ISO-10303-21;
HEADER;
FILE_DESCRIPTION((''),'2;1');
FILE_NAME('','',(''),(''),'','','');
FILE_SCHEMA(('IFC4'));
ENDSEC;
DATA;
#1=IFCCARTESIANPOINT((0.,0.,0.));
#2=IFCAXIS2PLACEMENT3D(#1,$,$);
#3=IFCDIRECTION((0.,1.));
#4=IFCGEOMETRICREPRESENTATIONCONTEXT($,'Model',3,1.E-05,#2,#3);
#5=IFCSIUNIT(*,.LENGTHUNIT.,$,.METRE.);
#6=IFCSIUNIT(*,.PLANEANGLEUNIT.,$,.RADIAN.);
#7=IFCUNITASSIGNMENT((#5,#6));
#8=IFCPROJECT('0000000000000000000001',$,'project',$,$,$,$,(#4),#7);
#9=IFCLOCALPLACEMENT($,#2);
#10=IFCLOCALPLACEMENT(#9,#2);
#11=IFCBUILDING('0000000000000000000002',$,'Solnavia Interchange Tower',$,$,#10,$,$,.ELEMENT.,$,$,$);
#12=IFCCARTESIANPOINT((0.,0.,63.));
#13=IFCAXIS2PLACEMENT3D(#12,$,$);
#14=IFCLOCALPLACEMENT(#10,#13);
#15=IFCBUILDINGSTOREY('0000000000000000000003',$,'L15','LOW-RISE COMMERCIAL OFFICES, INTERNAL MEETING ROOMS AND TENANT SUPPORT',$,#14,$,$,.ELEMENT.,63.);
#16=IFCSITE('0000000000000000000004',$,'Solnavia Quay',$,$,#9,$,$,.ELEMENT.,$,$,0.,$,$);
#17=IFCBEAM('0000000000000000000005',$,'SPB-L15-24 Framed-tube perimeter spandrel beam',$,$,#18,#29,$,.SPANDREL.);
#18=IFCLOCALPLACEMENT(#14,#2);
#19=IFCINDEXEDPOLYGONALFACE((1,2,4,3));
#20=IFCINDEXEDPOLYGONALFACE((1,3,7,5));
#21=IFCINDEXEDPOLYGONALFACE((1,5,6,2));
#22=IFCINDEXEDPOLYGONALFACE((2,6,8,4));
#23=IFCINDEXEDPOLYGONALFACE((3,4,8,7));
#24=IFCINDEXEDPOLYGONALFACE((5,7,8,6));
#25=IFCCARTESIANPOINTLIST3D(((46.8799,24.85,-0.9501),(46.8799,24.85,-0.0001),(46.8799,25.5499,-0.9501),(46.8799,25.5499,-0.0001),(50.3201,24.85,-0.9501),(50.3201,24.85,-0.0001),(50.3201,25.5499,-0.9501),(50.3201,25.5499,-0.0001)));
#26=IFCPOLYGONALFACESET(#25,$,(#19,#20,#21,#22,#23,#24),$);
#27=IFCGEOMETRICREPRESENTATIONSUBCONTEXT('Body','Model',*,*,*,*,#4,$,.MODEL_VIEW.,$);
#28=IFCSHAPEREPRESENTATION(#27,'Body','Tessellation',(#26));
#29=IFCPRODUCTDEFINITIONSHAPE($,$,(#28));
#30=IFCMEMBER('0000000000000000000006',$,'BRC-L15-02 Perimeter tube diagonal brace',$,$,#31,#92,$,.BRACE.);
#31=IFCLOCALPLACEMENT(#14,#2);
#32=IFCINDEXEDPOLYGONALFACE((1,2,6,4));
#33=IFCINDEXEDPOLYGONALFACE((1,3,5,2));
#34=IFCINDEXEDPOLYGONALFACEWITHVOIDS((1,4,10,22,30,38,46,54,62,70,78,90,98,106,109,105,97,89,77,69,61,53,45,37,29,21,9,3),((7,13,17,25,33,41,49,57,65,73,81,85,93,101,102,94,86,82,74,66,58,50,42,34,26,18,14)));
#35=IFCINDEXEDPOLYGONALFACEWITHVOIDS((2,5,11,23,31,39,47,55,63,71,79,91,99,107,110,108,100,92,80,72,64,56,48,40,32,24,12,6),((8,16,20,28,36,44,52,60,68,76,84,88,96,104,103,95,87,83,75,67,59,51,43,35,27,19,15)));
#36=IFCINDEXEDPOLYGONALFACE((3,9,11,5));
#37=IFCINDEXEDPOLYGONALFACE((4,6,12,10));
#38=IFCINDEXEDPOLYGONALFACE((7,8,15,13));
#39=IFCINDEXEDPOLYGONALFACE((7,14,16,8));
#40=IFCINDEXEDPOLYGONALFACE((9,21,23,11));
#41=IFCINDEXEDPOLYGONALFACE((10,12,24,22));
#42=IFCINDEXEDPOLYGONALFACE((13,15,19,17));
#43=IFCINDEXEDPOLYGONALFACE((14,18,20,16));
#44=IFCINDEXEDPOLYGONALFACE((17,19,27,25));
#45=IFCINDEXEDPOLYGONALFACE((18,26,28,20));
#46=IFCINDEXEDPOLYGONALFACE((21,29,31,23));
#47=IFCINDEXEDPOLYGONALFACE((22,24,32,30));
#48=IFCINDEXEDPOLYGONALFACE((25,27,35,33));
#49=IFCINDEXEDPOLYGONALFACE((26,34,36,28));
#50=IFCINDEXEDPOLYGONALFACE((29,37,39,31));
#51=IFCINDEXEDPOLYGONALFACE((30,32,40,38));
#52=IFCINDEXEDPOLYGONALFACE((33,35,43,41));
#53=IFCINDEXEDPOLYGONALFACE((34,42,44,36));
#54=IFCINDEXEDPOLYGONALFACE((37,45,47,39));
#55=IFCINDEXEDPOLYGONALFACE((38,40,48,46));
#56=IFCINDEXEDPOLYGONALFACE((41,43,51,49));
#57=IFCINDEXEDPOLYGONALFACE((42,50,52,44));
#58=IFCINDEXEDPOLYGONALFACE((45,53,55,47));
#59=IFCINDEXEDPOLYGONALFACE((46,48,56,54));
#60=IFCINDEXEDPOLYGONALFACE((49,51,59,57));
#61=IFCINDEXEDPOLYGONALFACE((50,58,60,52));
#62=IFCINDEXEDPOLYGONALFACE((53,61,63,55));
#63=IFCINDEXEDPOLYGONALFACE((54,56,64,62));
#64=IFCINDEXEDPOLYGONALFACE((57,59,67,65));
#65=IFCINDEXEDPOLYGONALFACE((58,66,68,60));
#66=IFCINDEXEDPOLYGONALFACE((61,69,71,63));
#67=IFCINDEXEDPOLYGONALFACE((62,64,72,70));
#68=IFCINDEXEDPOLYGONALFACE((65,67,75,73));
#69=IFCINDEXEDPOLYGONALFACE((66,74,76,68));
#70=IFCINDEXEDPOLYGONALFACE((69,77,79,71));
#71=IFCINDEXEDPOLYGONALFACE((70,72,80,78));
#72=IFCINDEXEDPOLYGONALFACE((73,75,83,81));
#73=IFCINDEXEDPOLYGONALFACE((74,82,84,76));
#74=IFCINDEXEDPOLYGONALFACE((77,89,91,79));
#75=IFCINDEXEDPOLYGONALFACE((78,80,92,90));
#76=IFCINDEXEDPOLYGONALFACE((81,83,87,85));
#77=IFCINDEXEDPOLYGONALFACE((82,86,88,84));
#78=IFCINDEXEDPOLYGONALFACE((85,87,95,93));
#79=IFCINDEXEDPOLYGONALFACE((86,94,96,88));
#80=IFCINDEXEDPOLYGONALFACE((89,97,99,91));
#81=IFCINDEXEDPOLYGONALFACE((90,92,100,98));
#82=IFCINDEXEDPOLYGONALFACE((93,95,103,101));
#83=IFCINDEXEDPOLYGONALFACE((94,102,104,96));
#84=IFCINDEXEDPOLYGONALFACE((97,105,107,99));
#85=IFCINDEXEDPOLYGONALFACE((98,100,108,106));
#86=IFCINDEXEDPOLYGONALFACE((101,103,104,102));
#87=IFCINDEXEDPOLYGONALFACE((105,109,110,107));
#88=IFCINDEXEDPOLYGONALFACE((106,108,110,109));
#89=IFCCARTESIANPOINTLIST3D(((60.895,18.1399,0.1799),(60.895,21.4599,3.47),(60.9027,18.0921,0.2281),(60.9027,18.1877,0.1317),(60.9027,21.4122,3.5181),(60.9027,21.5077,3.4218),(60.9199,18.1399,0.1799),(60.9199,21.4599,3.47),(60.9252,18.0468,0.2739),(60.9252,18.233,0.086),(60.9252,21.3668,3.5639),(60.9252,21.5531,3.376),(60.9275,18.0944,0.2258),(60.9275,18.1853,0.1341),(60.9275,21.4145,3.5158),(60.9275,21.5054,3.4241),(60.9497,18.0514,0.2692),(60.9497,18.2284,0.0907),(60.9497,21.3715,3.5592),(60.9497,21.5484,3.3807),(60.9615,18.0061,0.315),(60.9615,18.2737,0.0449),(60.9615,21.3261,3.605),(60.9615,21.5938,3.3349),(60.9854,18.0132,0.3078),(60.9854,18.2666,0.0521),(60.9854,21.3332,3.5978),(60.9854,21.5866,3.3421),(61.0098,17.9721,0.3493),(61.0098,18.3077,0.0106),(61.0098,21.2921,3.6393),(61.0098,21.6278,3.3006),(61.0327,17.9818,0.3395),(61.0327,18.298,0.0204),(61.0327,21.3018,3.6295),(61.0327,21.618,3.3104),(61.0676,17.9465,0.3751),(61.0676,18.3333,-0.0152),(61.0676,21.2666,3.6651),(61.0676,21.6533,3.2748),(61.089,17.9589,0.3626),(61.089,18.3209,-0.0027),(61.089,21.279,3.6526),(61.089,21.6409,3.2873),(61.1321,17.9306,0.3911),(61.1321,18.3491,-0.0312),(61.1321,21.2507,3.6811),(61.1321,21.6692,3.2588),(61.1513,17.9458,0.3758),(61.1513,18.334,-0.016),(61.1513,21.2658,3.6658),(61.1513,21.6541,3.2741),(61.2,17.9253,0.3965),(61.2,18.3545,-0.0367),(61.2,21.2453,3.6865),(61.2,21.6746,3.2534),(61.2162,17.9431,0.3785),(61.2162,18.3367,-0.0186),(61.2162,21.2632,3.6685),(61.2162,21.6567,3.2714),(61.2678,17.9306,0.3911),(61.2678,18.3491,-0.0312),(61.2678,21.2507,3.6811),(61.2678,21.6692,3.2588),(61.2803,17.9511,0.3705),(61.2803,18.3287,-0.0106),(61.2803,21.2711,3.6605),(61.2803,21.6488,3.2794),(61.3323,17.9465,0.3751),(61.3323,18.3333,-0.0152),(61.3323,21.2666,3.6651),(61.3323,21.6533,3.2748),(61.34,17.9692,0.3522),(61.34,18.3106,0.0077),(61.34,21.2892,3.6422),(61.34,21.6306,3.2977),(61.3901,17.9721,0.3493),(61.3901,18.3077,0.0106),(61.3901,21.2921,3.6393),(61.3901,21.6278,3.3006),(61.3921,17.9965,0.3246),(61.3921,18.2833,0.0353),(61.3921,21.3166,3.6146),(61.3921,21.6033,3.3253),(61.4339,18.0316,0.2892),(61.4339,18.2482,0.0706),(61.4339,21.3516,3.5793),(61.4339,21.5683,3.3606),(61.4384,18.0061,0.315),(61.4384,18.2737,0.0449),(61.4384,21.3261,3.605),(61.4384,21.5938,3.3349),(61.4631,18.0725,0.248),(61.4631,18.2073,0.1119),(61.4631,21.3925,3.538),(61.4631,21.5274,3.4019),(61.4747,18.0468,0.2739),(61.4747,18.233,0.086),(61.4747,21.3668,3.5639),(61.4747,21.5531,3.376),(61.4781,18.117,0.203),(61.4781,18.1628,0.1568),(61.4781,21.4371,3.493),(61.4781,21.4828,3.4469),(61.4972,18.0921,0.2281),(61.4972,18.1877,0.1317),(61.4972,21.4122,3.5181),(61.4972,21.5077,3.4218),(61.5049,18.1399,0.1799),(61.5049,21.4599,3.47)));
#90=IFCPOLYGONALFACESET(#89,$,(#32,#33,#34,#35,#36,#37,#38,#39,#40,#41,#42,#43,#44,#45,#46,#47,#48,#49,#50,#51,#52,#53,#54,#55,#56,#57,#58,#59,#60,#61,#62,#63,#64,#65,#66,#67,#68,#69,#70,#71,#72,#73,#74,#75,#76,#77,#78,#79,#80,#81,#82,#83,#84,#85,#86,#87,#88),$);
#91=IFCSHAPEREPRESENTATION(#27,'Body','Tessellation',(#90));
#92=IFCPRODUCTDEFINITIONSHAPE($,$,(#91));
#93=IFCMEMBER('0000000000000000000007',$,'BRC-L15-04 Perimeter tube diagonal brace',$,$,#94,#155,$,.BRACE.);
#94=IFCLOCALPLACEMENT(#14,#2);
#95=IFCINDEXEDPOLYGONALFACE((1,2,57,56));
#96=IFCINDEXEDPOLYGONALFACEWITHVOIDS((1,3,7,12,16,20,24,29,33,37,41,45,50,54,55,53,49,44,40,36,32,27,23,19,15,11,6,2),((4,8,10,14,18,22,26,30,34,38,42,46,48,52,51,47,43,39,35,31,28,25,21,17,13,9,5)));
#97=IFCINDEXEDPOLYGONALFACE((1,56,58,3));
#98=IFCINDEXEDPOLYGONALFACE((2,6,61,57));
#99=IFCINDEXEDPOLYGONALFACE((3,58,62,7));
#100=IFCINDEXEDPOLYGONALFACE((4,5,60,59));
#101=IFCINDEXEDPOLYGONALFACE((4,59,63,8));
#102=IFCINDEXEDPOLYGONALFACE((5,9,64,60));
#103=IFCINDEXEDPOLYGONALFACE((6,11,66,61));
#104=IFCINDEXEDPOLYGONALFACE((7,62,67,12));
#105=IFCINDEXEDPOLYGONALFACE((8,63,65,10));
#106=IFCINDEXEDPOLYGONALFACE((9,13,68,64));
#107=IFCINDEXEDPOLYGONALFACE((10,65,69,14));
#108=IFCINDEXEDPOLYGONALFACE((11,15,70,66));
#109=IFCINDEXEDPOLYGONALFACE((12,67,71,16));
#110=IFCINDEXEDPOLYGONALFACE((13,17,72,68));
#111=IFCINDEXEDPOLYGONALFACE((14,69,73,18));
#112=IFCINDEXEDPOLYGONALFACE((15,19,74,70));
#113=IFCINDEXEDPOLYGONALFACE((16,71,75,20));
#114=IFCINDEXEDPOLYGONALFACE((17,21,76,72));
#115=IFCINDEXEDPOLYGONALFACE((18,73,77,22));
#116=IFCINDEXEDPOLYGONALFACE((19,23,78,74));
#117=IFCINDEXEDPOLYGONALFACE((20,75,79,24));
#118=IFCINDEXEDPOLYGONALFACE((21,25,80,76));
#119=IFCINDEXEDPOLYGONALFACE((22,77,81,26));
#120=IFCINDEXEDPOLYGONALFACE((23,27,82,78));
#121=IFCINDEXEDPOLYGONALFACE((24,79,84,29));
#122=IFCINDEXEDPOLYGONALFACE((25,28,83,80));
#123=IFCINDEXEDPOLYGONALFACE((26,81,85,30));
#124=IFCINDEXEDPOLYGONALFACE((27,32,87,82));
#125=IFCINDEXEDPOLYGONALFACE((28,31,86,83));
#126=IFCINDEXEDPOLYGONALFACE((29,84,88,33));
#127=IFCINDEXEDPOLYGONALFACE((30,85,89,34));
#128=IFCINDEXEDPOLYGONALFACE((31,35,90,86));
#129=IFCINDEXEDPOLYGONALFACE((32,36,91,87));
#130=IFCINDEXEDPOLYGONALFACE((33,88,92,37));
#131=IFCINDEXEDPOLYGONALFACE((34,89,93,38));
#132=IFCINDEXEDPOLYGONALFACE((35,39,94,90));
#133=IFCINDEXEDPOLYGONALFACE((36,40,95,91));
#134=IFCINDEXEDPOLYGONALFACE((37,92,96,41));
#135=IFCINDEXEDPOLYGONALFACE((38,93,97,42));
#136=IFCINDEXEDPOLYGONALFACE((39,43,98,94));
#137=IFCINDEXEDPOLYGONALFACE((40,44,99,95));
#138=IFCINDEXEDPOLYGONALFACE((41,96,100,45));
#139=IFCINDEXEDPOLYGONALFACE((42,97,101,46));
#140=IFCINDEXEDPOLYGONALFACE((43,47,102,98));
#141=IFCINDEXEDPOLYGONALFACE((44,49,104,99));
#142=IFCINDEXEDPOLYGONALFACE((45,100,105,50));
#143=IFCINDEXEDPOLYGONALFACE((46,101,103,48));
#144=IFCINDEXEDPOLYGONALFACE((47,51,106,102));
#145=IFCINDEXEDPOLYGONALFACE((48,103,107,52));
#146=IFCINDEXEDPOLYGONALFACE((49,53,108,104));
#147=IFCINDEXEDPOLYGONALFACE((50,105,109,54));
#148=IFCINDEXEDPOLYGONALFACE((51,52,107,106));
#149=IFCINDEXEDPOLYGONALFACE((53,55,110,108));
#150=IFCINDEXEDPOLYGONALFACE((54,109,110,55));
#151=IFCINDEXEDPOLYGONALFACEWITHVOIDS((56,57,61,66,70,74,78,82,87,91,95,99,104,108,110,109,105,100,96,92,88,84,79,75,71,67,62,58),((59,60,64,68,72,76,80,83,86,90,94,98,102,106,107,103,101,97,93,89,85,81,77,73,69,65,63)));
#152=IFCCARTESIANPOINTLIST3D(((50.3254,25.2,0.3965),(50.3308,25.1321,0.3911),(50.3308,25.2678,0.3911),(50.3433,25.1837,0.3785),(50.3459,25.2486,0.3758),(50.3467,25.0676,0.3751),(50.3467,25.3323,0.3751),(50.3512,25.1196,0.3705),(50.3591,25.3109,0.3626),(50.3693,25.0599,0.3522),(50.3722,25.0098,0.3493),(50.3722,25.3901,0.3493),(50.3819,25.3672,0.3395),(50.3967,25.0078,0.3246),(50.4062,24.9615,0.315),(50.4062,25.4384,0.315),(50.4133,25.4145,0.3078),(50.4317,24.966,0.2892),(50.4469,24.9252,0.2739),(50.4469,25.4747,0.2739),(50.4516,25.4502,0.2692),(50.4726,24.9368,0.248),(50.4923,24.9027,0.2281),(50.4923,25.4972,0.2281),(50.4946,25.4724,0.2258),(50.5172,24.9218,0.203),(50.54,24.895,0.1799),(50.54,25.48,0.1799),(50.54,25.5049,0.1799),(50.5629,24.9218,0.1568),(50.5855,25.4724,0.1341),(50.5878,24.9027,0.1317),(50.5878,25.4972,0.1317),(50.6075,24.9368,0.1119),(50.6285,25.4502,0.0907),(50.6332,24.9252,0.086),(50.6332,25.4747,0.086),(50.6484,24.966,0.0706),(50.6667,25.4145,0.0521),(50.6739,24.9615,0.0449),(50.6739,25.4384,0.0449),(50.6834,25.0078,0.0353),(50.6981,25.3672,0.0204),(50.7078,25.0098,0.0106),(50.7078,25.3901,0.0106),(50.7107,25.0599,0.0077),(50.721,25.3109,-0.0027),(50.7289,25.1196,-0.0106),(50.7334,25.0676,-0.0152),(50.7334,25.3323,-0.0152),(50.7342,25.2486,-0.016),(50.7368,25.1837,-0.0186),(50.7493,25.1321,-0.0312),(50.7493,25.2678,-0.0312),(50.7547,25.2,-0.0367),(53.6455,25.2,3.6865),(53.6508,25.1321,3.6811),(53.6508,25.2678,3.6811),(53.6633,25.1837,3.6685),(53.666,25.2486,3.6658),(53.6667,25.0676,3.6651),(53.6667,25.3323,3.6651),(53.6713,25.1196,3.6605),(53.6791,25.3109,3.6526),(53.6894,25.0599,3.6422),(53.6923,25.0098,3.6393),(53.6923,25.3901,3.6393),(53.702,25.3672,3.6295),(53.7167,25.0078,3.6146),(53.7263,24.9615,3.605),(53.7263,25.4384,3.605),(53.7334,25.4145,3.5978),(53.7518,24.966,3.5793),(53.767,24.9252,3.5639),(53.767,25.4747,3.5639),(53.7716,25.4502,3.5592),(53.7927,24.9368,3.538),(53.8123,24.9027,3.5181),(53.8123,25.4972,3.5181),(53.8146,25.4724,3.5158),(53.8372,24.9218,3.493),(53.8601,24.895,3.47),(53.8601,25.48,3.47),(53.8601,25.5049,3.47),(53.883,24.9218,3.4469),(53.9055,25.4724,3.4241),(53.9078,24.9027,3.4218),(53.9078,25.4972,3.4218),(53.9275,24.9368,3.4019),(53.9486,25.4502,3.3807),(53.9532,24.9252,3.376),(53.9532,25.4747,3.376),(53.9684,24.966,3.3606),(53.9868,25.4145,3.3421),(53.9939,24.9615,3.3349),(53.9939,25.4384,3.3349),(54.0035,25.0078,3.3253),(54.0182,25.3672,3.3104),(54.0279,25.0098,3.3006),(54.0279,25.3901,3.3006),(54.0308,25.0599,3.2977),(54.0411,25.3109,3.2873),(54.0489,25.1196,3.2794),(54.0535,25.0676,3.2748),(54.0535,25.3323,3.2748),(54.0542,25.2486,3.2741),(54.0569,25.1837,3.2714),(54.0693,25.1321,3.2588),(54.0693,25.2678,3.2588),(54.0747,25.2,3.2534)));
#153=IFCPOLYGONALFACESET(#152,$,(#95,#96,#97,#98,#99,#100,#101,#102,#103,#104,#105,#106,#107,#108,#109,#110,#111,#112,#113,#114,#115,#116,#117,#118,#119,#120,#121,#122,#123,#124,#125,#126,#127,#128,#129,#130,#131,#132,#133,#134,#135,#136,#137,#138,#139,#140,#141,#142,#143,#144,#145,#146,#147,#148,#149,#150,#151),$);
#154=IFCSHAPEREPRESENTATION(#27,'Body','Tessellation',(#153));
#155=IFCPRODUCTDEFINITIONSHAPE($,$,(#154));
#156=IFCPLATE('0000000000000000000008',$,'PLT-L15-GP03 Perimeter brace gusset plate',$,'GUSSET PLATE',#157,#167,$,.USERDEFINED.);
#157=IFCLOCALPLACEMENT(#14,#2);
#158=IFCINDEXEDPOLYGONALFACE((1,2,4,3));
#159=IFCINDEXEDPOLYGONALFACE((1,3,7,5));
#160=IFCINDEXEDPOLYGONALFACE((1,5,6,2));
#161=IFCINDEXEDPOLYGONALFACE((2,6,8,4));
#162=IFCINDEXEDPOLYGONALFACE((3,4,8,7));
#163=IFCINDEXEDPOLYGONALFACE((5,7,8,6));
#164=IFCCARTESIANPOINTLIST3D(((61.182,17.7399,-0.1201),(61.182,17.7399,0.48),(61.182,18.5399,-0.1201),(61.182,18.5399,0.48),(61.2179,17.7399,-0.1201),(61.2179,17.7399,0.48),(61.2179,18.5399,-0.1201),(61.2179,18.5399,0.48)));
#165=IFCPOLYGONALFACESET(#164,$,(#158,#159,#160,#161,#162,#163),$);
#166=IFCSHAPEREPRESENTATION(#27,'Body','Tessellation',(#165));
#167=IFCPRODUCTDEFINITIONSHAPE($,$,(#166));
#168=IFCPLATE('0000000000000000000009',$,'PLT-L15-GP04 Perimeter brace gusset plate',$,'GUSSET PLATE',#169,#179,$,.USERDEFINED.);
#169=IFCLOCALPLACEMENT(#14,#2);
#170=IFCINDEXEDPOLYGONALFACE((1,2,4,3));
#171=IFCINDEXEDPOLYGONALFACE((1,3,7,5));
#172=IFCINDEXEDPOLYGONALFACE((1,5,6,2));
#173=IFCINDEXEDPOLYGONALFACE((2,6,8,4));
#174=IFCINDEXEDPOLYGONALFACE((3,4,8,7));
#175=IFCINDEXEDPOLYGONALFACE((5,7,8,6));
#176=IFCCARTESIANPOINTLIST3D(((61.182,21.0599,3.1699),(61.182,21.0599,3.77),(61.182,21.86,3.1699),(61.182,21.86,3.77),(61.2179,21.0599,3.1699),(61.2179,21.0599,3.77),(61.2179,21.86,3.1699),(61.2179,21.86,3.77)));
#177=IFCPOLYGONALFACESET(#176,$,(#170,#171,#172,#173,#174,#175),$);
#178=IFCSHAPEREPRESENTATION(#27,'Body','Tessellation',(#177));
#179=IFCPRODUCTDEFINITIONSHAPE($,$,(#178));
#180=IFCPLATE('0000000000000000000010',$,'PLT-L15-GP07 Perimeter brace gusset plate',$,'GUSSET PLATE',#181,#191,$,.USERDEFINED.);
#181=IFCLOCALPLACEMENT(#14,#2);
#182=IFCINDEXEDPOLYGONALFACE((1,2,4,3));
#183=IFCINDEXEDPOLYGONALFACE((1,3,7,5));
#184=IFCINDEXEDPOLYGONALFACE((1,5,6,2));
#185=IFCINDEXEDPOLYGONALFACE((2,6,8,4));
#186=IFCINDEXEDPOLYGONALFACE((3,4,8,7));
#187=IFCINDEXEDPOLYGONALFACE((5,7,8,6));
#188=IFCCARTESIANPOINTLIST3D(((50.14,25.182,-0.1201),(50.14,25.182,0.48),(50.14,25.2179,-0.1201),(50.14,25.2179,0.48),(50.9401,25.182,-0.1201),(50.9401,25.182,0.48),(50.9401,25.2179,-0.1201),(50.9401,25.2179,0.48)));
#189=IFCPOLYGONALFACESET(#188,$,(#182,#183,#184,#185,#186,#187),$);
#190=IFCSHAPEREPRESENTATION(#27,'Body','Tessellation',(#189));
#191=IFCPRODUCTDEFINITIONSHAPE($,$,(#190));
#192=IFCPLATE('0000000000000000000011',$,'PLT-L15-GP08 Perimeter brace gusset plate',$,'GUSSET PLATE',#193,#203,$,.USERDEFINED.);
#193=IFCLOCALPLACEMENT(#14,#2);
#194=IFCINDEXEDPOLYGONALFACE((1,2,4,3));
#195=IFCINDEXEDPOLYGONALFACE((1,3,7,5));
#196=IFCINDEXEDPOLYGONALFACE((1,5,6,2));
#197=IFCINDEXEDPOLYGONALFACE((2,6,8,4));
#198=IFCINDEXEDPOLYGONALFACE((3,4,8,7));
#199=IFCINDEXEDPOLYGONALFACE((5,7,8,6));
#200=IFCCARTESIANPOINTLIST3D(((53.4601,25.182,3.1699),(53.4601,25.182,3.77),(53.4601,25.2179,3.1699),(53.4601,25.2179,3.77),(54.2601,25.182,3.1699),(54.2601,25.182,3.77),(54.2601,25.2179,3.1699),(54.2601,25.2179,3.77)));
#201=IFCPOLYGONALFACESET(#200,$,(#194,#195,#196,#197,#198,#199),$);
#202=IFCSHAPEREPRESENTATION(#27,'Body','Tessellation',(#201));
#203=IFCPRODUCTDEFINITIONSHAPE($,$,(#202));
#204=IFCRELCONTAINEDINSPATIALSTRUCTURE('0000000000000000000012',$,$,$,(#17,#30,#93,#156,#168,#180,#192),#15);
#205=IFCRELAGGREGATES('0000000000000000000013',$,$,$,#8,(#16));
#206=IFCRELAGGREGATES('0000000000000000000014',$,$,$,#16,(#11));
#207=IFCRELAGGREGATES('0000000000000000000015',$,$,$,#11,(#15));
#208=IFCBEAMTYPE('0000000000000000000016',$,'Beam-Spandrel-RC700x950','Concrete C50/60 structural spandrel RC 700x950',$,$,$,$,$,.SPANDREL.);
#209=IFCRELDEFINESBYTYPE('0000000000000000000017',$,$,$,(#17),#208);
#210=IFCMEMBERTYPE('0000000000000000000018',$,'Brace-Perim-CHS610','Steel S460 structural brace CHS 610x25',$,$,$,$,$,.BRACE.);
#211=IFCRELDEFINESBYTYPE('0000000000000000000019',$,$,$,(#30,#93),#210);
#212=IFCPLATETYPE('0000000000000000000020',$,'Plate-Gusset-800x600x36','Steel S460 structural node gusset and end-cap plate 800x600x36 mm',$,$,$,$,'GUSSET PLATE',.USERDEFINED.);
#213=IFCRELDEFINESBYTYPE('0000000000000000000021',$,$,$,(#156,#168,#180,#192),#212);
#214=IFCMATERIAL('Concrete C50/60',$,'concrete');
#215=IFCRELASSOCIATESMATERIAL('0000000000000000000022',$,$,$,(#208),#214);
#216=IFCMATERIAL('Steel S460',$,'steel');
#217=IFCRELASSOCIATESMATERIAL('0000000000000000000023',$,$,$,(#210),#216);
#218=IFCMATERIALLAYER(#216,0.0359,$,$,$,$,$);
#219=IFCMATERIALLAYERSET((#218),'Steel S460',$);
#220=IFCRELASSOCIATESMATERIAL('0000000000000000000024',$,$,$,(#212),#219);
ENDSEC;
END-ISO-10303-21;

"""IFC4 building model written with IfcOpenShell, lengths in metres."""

from ifc_helpers import new_model, si_unit, direction, frame, origin, origin_2d, place, context, subcontext, project, spatial, rectangle, hollow_circle, extrude, material, layer, layer_set, material_profile, profile_set, type_object, element, save


model = new_model("IFC4")

# Units and contexts
model_context = context("Model", 3, precision=1e-05, world=origin(), true_north=direction((0.0, 1.0)))
body_context = subcontext(model_context, "Body", "Model", "MODEL_VIEW")
ifc_project = project(units=[si_unit("LENGTHUNIT", "METRE"), si_unit("PLANEANGLEUNIT", "RADIAN")], contexts=[model_context])

# Site, building, storey
site_placement = place(None, origin())
site = spatial("IfcSite", under=ifc_project, at=site_placement, Name="Solnavia Quay", CompositionType="ELEMENT", RefElevation=0.0)
building_placement = place(site_placement, origin())
building = spatial("IfcBuilding", under=site, at=building_placement, Name="Solnavia Interchange Tower", CompositionType="ELEMENT")
storey_placement = place(building_placement, frame((0.0, 0.0, 63.0)))
storey = spatial("IfcBuildingStorey", under=building, at=storey_placement, Name="L15", Description="LOW-RISE COMMERCIAL OFFICES, INTERNAL MEETING ROOMS AND TENANT SUPPORT", CompositionType="ELEMENT", Elevation=63.0)

# Beam
ifc_material_1 = material(Name="Concrete C50/60", Category="concrete")
ifc_material_profile_1 = material_profile(ifc_material_1, rectangle(XDim=0.7, YDim=0.95, at=origin_2d()), Name="RC 700x950")
ifc_profile_set_1 = profile_set([ifc_material_profile_1], Name="Concrete C50/60")
beam_type_1 = type_object("IfcBeamType", Name="Beam-Spandrel-RC700x950", Description="Concrete C50/60 structural spandrel RC 700x950", PredefinedType="SPANDREL", material=ifc_profile_set_1)
beam_1_placement = place(storey_placement, frame((50.3201, 25.2, -0.4751), z_axis=(-1.0, 0.0, 0.0), x_axis=(0.0, -1.0, 0.0)))
element("IfcBeam", 1, at=beam_1_placement, inside=storey, type_object=beam_type_1, Name="SPB-L15-24 Framed-tube perimeter spandrel beam", PredefinedType="SPANDREL", context=body_context, shape_type="SweptSolid", body=[
    extrude(rectangle(XDim=0.7, YDim=0.95, at=origin_2d()), origin(), (0.0, 0.0, 1.0), 3.4402),
])

# Members
ifc_material_2 = material(Name="Steel S460", Category="steel")
ifc_material_profile_2 = material_profile(ifc_material_2, hollow_circle(Radius=0.3049, WallThickness=0.0249, at=origin_2d()), Name="CHS 610x25")
ifc_profile_set_2 = profile_set([ifc_material_profile_2], Name="Steel S460")
member_type = type_object("IfcMemberType", Name="Brace-Perim-CHS610", Description="Steel S460 structural brace CHS 610x25", PredefinedType="BRACE", material=ifc_profile_set_2)
for number, where, z_axis, x_axis, name in (
    (2, (61.2, 18.1399, 0.1799), (0.0, 0.710312, 0.703887), (-1.0, 0.0, 0.0), "BRC-L15-02 Perimeter tube diagonal brace"),
    (3, (50.54, 25.2, 0.1799), (0.710312, 0.0, 0.703887), (0.0, 1.0, 0.0), "BRC-L15-04 Perimeter tube diagonal brace"),
):
    element("IfcMember", number, at=place(storey_placement, frame(where, z_axis=z_axis, x_axis=x_axis)), inside=storey, type_object=member_type, Name=name, PredefinedType="BRACE", context=body_context, shape_type="SweptSolid", body=[
        extrude(hollow_circle(Radius=0.3049, WallThickness=0.0249, at=origin_2d()), origin(), (0.0, 0.0, 1.0), 4.6741),
    ])

# Plates
ifc_layer_1 = layer(ifc_material_2, 0.0359)
ifc_layer_set_1 = layer_set([ifc_layer_1], Name="Steel S460")
plate_type = type_object("IfcPlateType", Name="Plate-Gusset-800x600x36", Description="Steel S460 structural node gusset and end-cap plate 800x600x36 mm", ElementType="GUSSET PLATE", PredefinedType="USERDEFINED", material=ifc_layer_set_1)
for number, where, z_axis, x_axis, name in (
    (4, (61.2, 18.1399, -0.1201), (0.0, 0.0, 1.0), (0.0, 1.0, 0.0), "PLT-L15-GP03 Perimeter brace gusset plate"),
    (5, (61.2, 21.46, 3.1699), (0.0, 0.0, 1.0), (0.0, 1.0, 0.0), "PLT-L15-GP04 Perimeter brace gusset plate"),
    (6, (50.54, 25.2, -0.1201), (0.0, 0.0, 1.0), (1.0, 0.0, 0.0), "PLT-L15-GP07 Perimeter brace gusset plate"),
    (7, (53.8601, 25.2, 3.1699), (0.0, 0.0, 1.0), (1.0, 0.0, 0.0), "PLT-L15-GP08 Perimeter brace gusset plate"),
):
    element("IfcPlate", number, at=place(storey_placement, frame(where, z_axis=z_axis, x_axis=x_axis)), inside=storey, type_object=plate_type, Name=name, ObjectType="GUSSET PLATE", PredefinedType="USERDEFINED", context=body_context, shape_type="SweptSolid", body=[
        extrude(rectangle(XDim=0.8, YDim=0.0359, at=origin_2d()), origin(), (0.0, 0.0, 1.0), 0.6001),
    ])

save(model, "model.ifc")
